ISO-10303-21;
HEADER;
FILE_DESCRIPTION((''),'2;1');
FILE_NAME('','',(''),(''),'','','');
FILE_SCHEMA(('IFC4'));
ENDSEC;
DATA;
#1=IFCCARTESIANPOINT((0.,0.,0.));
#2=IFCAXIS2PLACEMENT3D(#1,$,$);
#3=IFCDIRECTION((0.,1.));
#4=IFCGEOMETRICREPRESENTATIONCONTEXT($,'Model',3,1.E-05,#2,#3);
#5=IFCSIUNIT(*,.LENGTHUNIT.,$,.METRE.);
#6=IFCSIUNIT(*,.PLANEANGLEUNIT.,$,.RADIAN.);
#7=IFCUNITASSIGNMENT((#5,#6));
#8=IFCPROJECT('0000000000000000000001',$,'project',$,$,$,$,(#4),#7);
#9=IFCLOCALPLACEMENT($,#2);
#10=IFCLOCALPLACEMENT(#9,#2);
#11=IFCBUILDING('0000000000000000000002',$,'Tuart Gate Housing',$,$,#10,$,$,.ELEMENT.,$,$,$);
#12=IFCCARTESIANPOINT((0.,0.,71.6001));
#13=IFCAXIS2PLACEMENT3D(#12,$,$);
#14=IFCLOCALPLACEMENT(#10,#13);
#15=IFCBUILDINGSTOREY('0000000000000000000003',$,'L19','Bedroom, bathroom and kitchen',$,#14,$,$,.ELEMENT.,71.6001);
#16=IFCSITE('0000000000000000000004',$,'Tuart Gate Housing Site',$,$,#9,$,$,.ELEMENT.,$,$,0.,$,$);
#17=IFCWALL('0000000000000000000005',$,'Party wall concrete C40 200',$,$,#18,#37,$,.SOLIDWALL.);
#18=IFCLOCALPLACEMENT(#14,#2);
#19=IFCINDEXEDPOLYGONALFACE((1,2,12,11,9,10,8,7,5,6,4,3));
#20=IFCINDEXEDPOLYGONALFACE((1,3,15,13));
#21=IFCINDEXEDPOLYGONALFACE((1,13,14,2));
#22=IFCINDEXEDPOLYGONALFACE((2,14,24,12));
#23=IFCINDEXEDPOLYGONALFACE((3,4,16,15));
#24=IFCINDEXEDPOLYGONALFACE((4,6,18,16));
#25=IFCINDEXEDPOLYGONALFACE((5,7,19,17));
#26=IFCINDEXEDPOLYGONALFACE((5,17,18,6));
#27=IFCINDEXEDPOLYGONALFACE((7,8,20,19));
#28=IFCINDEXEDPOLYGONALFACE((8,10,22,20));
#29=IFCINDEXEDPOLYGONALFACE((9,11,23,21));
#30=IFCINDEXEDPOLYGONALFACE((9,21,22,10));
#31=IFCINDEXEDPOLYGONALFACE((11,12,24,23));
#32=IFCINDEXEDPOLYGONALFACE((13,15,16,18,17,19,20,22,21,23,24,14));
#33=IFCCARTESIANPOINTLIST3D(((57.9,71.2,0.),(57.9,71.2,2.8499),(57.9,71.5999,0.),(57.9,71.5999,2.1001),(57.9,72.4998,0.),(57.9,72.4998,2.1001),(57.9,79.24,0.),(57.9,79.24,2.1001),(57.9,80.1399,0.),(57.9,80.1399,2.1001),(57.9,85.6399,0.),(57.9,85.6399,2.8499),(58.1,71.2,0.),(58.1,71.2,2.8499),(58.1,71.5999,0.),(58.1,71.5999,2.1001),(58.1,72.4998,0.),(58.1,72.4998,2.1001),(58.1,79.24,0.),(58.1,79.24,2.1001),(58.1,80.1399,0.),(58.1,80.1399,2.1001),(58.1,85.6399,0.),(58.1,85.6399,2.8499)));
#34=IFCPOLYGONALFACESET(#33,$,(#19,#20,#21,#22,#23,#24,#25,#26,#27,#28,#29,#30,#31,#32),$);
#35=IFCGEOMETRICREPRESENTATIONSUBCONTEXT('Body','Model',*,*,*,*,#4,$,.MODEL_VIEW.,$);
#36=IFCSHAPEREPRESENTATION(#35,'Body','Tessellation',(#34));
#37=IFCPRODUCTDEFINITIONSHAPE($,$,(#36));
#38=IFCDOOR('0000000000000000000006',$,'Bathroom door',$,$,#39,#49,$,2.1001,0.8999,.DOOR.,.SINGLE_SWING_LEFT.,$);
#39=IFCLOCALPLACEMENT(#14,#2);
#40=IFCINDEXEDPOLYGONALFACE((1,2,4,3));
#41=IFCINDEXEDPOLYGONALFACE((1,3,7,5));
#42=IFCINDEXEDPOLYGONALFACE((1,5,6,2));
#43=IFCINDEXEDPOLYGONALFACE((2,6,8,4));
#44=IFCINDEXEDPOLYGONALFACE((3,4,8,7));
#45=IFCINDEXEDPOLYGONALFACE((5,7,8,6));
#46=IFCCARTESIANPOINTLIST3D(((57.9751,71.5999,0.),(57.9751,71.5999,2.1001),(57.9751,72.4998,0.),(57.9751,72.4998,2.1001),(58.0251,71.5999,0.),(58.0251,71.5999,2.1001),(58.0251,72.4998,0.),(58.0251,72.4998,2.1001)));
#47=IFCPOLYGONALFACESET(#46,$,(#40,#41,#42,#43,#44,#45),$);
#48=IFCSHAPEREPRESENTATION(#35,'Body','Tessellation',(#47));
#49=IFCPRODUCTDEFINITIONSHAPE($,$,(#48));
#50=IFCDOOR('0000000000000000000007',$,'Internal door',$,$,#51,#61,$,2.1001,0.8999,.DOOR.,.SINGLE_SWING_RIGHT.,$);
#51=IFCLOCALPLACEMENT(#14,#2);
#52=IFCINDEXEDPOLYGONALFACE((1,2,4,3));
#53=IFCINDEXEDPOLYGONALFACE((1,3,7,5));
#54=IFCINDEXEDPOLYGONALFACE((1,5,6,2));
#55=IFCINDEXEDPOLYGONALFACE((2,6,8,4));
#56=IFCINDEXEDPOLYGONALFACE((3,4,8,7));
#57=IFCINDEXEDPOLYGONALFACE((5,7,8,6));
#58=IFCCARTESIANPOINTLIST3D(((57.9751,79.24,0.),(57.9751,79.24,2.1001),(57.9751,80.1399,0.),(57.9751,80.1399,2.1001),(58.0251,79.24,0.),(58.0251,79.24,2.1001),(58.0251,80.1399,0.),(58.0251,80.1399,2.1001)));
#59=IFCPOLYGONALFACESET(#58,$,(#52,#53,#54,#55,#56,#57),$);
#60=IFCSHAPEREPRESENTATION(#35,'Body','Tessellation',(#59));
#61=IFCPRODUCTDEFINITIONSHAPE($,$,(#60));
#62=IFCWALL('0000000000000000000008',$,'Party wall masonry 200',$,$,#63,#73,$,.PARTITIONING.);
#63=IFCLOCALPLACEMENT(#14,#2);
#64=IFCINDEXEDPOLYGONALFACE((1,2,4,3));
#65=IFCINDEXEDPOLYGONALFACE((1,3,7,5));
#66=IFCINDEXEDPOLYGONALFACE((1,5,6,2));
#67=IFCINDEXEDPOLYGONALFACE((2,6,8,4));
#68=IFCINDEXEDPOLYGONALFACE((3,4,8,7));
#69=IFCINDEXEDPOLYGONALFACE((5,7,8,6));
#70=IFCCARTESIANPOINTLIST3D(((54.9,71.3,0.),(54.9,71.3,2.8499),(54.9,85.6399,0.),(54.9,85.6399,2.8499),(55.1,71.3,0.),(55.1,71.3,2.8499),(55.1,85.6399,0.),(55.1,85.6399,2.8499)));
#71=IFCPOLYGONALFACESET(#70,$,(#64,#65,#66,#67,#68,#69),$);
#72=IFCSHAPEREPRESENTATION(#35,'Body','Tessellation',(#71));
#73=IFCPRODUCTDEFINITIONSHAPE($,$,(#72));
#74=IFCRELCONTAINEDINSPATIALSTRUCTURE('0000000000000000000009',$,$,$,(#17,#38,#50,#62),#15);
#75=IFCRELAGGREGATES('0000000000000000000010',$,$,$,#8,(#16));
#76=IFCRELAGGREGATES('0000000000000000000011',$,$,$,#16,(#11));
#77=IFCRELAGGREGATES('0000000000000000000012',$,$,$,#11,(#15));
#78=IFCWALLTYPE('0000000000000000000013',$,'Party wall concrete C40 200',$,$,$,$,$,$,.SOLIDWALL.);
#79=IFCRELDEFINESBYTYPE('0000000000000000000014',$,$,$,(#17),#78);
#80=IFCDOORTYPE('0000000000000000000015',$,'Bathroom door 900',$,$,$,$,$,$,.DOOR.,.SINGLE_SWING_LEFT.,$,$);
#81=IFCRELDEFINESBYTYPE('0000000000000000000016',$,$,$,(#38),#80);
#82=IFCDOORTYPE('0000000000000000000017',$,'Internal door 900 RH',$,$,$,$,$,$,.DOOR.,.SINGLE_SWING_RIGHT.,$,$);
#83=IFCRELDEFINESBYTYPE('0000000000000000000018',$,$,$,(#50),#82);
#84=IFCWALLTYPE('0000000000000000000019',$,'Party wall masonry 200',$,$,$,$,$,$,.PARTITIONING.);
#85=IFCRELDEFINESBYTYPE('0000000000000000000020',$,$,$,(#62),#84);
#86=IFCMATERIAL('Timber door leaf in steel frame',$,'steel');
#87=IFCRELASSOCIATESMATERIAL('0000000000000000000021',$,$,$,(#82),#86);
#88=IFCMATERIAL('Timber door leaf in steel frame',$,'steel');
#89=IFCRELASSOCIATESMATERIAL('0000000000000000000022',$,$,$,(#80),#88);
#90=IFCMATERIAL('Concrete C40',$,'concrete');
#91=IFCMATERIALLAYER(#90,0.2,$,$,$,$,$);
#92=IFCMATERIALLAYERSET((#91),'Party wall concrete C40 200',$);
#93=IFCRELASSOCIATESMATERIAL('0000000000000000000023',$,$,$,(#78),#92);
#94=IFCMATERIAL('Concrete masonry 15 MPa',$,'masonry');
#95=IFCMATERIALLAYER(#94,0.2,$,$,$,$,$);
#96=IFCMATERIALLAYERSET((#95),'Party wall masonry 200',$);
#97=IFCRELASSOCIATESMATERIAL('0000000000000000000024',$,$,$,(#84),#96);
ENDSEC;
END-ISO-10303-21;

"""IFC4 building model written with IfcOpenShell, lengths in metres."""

from ifc_helpers import new_model, si_unit, direction, frame, frame_2d, origin, place, context, subcontext, project, spatial, rectangle, extrude, material, layer, layer_set, type_object, element, fill, save


model = new_model("IFC4")

# Units and contexts
model_context = context("Model", 3, precision=1e-05, world=origin(), true_north=direction((0.0, 1.0)))
body_context = subcontext(model_context, "Body", "Model", "MODEL_VIEW")
ifc_project = project(units=[si_unit("LENGTHUNIT", "METRE"), si_unit("PLANEANGLEUNIT", "RADIAN")], contexts=[model_context])

# Site, building, storey
site_placement = place(None, origin())
site = spatial("IfcSite", under=ifc_project, at=site_placement, Name="Tuart Gate Housing Site", CompositionType="ELEMENT", RefElevation=0.0)
building_placement = place(site_placement, origin())
building = spatial("IfcBuilding", under=site, at=building_placement, Name="Tuart Gate Housing", CompositionType="ELEMENT")
storey_placement = place(building_placement, frame((0.0, 0.0, 71.6001)))
storey = spatial("IfcBuildingStorey", under=building, at=storey_placement, Name="L19", Description="Bedroom, bathroom and kitchen", CompositionType="ELEMENT", Elevation=71.6001)

# Shared definitions
ifc_material_1 = material(Name="Timber door leaf in steel frame", Category="steel")
door_type_1 = type_object("IfcDoorType", Name="Internal door 900 RH", OperationType="SINGLE_SWING_RIGHT", PredefinedType="DOOR", material=ifc_material_1)

# Shared definitions
ifc_material_2 = material(Name="Timber door leaf in steel frame", Category="steel")
door_type_2 = type_object("IfcDoorType", Name="Bathroom door 900", OperationType="SINGLE_SWING_LEFT", PredefinedType="DOOR", material=ifc_material_2)

# Shared definitions
ifc_material_3 = material(Name="Concrete C40", Category="concrete")
ifc_layer_1 = layer(ifc_material_3, 0.2)
ifc_layer_set_1 = layer_set([ifc_layer_1], Name="Party wall concrete C40 200")
wall_type_1 = type_object("IfcWallType", Name="Party wall concrete C40 200", PredefinedType="SOLIDWALL", material=ifc_layer_set_1)

# Wall, openings, doors
wall_1_placement = place(storey_placement, frame((58.0, 71.2, 0.0), z_axis=(0.0, 0.0, 1.0), x_axis=(0.0, 1.0, 0.0)))
wall_1 = element("IfcWall", 1, at=wall_1_placement, inside=storey, type_object=wall_type_1, Name="Party wall concrete C40 200", PredefinedType="SOLIDWALL", context=body_context, shape_type="SweptSolid", body=[
    extrude(rectangle(XDim=14.4399, YDim=0.2, at=frame_2d((7.22, 0.0))), origin(), (0.0, 0.0, 1.0), 2.8499),
])
opening_1_placement = place(wall_1_placement, frame((8.04, 0.0, 0.0)))
opening_1 = element("IfcOpeningElement", 2, at=opening_1_placement, cuts=wall_1, PredefinedType="OPENING", context=body_context, shape_type="SweptSolid", body=[
    extrude(rectangle(XDim=0.8999, YDim=2.1001, at=frame_2d((0.45, 1.05))), frame((0.0, 0.1099, 0.0), z_axis=(0.0, -1.0, 0.0), x_axis=(1.0, 0.0, 0.0)), (0.0, 0.0, 1.0), 0.22),
])
opening_2_placement = place(wall_1_placement, frame((0.3999, 0.0, 0.0)))
opening_2 = element("IfcOpeningElement", 3, at=opening_2_placement, cuts=wall_1, PredefinedType="OPENING", context=body_context, shape_type="SweptSolid", body=[
    extrude(rectangle(XDim=0.8999, YDim=2.1001, at=frame_2d((0.45, 1.05))), frame((0.0, 0.1099, 0.0), z_axis=(0.0, -1.0, 0.0), x_axis=(1.0, 0.0, 0.0)), (0.0, 0.0, 1.0), 0.22),
])
door_1_placement = place(opening_2_placement, origin())
door_1 = element("IfcDoor", 4, at=door_1_placement, inside=storey, type_object=door_type_2, Name="Bathroom door", OperationType="SINGLE_SWING_LEFT", OverallHeight=2.1001, OverallWidth=0.8999, PredefinedType="DOOR", context=body_context, shape_type="SweptSolid", body=[
    extrude(rectangle(XDim=0.8999, YDim=2.1001, at=frame_2d((0.45, 1.05))), frame((0.0, 0.0249, 0.0), z_axis=(0.0, -1.0, 0.0), x_axis=(1.0, 0.0, 0.0)), (0.0, 0.0, 1.0), 0.05),
])
fill(opening_2, door_1)
door_2_placement = place(opening_1_placement, origin())
door_2 = element("IfcDoor", 5, at=door_2_placement, inside=storey, type_object=door_type_1, Name="Internal door", OperationType="SINGLE_SWING_RIGHT", OverallHeight=2.1001, OverallWidth=0.8999, PredefinedType="DOOR", context=body_context, shape_type="SweptSolid", body=[
    extrude(rectangle(XDim=0.8999, YDim=2.1001, at=frame_2d((0.45, 1.05))), frame((0.0, 0.0249, 0.0), z_axis=(0.0, -1.0, 0.0), x_axis=(1.0, 0.0, 0.0)), (0.0, 0.0, 1.0), 0.05),
])
fill(opening_1, door_2)

# Wall
ifc_material_4 = material(Name="Concrete masonry 15 MPa", Category="masonry")
ifc_layer_2 = layer(ifc_material_4, 0.2)
ifc_layer_set_2 = layer_set([ifc_layer_2], Name="Party wall masonry 200")
wall_type_2 = type_object("IfcWallType", Name="Party wall masonry 200", PredefinedType="PARTITIONING", material=ifc_layer_set_2)
wall_2_placement = place(storey_placement, frame((55.0, 71.3, 0.0), z_axis=(0.0, 0.0, 1.0), x_axis=(0.0, 1.0, 0.0)))
element("IfcWall", 6, at=wall_2_placement, inside=storey, type_object=wall_type_2, Name="Party wall masonry 200", PredefinedType="PARTITIONING", context=body_context, shape_type="SweptSolid", body=[
    extrude(rectangle(XDim=14.3398, YDim=0.2, at=frame_2d((7.1699, 0.0))), origin(), (0.0, 0.0, 1.0), 2.8499),
])

save(model, "model.ifc")
